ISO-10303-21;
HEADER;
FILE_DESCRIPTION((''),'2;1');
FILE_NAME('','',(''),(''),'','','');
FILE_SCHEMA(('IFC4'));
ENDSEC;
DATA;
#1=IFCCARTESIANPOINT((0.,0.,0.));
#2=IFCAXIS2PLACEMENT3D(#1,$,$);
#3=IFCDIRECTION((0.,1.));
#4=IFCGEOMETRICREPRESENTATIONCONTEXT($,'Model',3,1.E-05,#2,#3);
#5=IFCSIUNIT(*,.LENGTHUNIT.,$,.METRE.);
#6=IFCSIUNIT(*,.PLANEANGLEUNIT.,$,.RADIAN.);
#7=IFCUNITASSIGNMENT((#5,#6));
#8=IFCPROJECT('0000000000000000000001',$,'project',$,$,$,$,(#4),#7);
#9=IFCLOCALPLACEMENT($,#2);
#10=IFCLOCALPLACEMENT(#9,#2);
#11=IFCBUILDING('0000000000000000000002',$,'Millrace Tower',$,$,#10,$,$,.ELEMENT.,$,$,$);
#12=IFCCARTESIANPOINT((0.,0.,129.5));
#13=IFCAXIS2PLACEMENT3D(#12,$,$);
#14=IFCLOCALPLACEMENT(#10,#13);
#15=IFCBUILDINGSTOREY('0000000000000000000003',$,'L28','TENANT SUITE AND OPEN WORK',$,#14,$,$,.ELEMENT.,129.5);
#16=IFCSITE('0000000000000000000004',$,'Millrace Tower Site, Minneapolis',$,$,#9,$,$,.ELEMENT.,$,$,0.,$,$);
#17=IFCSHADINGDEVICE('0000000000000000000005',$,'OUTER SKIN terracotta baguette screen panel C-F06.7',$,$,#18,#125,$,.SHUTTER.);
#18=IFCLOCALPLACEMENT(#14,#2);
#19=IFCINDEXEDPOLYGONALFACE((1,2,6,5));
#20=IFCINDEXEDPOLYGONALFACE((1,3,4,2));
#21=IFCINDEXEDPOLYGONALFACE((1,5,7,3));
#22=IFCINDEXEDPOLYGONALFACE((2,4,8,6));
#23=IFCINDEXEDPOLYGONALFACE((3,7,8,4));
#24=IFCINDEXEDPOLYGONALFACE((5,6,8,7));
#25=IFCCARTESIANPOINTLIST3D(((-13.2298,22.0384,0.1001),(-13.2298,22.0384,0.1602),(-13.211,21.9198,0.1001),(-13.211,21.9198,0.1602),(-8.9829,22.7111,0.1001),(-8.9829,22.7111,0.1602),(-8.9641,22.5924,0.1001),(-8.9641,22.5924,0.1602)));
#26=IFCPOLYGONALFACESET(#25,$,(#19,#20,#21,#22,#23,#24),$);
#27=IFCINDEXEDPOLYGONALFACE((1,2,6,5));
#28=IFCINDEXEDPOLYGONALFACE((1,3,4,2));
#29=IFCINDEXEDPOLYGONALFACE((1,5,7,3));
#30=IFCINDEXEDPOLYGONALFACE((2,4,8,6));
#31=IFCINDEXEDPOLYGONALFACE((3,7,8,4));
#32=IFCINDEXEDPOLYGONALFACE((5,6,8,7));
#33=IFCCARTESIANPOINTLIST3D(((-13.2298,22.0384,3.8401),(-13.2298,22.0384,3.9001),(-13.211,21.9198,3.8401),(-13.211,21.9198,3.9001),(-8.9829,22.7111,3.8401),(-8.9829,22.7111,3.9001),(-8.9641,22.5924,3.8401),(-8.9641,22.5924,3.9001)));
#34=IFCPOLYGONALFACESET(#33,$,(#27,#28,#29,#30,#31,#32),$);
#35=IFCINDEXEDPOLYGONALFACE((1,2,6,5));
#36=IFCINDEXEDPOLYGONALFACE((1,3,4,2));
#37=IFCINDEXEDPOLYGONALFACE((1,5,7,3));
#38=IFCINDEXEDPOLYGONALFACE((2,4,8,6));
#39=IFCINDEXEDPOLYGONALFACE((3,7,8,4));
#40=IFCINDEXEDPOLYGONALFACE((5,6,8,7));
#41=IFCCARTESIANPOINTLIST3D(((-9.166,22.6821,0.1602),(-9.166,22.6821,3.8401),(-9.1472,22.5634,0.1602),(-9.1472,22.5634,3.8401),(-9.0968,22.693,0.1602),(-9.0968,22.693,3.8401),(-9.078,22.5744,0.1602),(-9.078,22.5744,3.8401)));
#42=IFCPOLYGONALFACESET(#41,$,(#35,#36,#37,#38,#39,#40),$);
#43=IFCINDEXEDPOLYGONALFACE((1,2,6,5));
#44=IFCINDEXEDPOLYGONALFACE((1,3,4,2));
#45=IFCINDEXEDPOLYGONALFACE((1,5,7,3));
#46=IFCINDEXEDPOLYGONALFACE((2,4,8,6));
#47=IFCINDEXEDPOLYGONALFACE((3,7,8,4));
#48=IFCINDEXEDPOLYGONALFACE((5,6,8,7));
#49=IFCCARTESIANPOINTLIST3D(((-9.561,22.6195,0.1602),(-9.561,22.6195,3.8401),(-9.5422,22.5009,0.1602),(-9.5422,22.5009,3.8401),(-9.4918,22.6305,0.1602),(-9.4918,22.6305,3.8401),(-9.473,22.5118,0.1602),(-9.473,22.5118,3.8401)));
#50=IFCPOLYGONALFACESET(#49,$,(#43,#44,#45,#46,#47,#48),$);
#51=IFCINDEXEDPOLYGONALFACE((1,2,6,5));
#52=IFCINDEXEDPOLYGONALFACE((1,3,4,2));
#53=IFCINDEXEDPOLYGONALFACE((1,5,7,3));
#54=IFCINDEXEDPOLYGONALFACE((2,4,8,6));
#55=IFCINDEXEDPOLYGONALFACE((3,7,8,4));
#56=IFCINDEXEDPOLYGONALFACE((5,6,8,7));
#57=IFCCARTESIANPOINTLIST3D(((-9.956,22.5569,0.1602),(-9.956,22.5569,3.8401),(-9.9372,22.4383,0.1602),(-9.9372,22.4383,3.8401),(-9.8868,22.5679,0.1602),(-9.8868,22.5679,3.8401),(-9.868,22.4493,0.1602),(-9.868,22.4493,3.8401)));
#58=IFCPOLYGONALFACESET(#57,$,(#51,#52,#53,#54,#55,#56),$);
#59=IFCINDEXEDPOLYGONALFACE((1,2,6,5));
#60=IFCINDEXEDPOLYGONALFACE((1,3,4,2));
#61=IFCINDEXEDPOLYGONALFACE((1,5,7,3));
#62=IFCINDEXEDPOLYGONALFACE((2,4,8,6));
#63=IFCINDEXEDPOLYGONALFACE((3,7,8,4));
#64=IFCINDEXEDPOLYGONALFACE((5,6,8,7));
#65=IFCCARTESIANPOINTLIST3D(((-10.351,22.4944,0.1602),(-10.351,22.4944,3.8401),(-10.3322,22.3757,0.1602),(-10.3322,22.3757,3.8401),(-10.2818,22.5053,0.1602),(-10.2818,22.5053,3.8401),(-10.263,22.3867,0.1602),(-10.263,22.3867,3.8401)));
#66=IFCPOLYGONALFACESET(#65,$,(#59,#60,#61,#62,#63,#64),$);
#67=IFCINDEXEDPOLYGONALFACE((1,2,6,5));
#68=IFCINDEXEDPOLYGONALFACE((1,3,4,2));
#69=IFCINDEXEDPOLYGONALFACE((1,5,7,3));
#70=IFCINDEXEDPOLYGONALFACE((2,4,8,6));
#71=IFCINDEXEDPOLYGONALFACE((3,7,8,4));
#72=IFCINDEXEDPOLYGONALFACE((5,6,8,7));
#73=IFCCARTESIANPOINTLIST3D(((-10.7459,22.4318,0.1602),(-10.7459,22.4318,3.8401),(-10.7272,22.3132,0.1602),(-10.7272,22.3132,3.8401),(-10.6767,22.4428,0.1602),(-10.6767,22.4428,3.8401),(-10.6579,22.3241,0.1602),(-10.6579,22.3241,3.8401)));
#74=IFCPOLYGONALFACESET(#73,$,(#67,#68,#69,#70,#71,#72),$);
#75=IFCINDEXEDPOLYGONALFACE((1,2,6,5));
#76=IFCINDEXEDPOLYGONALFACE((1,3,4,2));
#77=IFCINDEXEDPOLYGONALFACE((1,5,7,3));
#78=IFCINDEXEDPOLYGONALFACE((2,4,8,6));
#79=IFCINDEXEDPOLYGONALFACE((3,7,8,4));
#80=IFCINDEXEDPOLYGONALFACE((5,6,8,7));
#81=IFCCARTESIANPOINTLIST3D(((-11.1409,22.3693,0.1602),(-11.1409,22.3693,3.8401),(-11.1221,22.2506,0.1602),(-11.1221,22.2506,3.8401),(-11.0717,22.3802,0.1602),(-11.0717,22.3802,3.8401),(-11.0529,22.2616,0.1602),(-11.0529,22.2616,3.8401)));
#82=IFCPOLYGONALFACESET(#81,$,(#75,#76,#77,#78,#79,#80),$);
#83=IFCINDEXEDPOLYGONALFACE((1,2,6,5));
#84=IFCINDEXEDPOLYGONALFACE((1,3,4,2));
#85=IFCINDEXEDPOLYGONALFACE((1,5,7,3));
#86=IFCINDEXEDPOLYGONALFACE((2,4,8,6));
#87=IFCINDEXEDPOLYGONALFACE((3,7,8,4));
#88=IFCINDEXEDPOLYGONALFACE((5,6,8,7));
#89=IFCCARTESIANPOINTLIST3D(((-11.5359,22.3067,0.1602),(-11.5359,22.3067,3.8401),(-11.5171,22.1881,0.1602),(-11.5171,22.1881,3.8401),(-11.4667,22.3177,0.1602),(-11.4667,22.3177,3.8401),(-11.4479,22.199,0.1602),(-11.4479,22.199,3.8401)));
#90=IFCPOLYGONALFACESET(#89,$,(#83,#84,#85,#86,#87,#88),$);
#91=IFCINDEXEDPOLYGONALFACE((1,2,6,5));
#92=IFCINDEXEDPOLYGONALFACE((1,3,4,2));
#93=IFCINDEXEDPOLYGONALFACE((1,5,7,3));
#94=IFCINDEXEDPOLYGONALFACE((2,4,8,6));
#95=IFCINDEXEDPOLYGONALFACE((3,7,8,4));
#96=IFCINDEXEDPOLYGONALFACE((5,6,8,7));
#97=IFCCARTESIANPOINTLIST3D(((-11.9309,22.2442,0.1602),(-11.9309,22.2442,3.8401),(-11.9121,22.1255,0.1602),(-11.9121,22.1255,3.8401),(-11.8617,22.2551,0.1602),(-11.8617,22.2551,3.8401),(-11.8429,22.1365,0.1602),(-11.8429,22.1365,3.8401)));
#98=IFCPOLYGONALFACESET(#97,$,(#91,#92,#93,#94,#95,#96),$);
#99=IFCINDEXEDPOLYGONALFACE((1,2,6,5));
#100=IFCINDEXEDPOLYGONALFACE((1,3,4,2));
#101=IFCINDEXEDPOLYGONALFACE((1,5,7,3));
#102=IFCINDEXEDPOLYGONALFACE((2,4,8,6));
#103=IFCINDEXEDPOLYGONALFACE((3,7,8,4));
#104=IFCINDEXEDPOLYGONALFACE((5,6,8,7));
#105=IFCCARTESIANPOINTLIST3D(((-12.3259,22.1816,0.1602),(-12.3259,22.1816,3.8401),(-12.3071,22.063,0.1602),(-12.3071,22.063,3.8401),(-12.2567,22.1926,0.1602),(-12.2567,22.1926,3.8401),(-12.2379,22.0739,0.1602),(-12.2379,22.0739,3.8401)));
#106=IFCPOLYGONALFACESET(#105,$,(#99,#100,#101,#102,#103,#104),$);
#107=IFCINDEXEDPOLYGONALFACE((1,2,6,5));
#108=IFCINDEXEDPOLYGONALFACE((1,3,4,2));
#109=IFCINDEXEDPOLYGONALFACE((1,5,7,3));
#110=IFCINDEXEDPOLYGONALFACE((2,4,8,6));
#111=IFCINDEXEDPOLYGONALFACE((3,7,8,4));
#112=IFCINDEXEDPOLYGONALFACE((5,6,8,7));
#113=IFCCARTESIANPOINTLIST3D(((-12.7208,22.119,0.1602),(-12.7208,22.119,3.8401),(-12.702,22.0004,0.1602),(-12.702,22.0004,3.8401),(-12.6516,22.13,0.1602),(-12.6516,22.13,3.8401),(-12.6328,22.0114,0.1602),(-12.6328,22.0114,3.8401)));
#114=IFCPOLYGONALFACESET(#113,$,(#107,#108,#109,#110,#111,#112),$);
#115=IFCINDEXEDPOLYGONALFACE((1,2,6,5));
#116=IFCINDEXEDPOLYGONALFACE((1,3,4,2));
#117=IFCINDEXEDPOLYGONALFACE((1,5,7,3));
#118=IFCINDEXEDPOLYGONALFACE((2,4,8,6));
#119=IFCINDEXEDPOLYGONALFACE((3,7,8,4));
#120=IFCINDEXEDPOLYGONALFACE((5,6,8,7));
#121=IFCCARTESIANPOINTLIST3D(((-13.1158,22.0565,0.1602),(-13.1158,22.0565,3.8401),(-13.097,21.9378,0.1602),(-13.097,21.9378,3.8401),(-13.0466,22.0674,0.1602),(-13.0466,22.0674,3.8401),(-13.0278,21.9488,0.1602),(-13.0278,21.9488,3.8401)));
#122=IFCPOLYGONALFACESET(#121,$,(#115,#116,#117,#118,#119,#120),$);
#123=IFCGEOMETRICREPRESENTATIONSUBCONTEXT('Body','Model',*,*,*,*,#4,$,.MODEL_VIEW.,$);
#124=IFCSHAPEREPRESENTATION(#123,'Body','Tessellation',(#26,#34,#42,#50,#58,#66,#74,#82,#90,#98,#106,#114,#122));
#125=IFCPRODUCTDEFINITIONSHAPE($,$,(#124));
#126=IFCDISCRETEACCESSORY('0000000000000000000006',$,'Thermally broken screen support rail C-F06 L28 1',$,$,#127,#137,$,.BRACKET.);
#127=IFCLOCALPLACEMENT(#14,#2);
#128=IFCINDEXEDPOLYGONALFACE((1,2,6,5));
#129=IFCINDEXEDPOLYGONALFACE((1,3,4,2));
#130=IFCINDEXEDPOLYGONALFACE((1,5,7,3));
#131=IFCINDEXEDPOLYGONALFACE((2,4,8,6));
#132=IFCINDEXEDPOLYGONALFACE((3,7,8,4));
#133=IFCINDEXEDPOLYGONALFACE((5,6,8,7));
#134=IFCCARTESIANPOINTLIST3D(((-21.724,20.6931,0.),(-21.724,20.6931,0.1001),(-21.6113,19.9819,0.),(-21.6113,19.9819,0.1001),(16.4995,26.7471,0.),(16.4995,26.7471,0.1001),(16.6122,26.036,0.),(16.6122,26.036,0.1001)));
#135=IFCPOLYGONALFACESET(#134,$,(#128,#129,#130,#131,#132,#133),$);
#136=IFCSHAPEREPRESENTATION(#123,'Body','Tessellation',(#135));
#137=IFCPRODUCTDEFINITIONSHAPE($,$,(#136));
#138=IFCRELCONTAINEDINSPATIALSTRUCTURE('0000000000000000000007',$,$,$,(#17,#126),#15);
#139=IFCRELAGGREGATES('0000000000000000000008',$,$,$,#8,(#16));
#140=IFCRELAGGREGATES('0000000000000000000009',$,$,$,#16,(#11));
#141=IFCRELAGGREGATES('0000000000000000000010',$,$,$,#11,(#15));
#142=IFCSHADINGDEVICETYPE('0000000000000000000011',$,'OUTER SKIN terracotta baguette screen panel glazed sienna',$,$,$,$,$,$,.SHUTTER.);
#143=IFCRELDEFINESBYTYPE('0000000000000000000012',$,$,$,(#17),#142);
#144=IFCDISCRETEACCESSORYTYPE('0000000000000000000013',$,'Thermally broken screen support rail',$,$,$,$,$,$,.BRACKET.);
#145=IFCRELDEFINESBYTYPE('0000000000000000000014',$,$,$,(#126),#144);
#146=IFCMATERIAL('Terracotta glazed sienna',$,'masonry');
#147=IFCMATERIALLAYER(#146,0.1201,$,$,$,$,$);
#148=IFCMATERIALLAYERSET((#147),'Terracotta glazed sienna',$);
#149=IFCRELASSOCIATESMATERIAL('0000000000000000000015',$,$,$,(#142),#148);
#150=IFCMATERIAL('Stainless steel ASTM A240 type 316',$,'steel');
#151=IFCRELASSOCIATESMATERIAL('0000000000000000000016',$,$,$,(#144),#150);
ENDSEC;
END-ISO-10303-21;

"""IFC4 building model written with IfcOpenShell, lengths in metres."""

from ifc_helpers import new_model, entity, si_unit, direction, frame, frame_2d, origin, origin_2d, place, context, subcontext, project, spatial, rectangle, extrude, source, transform, mapped, material, layer, layer_set, type_object, element, save


model = new_model("IFC4")

# Units and contexts
model_context = context("Model", 3, precision=1e-05, world=origin(), true_north=direction((0.0, 1.0)))
body_context = subcontext(model_context, "Body", "Model", "MODEL_VIEW")
ifc_project = project(units=[si_unit("LENGTHUNIT", "METRE"), si_unit("PLANEANGLEUNIT", "RADIAN")], contexts=[model_context])

# Site, building, storey
site_placement = place(None, origin())
site = spatial("IfcSite", under=ifc_project, at=site_placement, Name="Millrace Tower Site, Minneapolis", CompositionType="ELEMENT", RefElevation=0.0)
building_placement = place(site_placement, origin())
building = spatial("IfcBuilding", under=site, at=building_placement, Name="Millrace Tower", CompositionType="ELEMENT")
storey_placement = place(building_placement, frame((0.0, 0.0, 129.5)))
storey = spatial("IfcBuildingStorey", under=building, at=storey_placement, Name="L28", Description="TENANT SUITE AND OPEN WORK", CompositionType="ELEMENT", Elevation=129.5)

# Shading device
ifc_material_1 = material(Name="Terracotta glazed sienna", Category="masonry")
ifc_layer_1 = layer(ifc_material_1, 0.1201)
ifc_layer_set_1 = layer_set([ifc_layer_1], Name="Terracotta glazed sienna")
shading_device_type = type_object("IfcShadingDeviceType", Name="OUTER SKIN terracotta baguette screen panel glazed sienna", PredefinedType="SHUTTER", material=ifc_layer_set_1)
cartesian_point = entity("IfcCartesianPoint", [-2.1499, 0.0601])
shared_polyline = entity("IfcPolyline", [cartesian_point, entity("IfcCartesianPoint", [2.1499, 0.0601]), entity("IfcCartesianPoint", [2.1499, -0.0601]), entity("IfcCartesianPoint", [-2.1499, -0.0601]), cartesian_point])
shared_shape = source(origin(), body_context, "Body", "SweptSolid", [
    entity("IfcExtrudedAreaSolid", entity("IfcArbitraryClosedProfileDef", "AREA", None, shared_polyline), entity("IfcAxis2Placement3D", entity("IfcCartesianPoint", [0.0, 0.0, 0.0])), entity("IfcDirection", [0.0, 0.0, 1.0]), 0.0601),
    entity("IfcExtrudedAreaSolid", entity("IfcArbitraryClosedProfileDef", "AREA", None, shared_polyline), entity("IfcAxis2Placement3D", entity("IfcCartesianPoint", [0.0, 0.0, 3.74])), entity("IfcDirection", [0.0, 0.0, 1.0]), 0.0601),
    extrude(rectangle(XDim=0.0701, YDim=0.1201, at=frame_2d((-1.9995, 0.0))), frame((0.0, 0.0, 0.0601)), (0.0, 0.0, 1.0), 3.6799),
    extrude(rectangle(XDim=0.0701, YDim=0.1201, at=frame_2d((-1.5996, 0.0))), frame((0.0, 0.0, 0.0601)), (0.0, 0.0, 1.0), 3.6799),
    extrude(rectangle(XDim=0.0701, YDim=0.1201, at=frame_2d((-1.1997, 0.0))), frame((0.0, 0.0, 0.0601)), (0.0, 0.0, 1.0), 3.6799),
    extrude(rectangle(XDim=0.0701, YDim=0.1201, at=frame_2d((-0.7998, 0.0))), frame((0.0, 0.0, 0.0601)), (0.0, 0.0, 1.0), 3.6799),
    extrude(rectangle(XDim=0.0701, YDim=0.1201, at=frame_2d((-0.3999, 0.0))), frame((0.0, 0.0, 0.0601)), (0.0, 0.0, 1.0), 3.6799),
    extrude(rectangle(XDim=0.0701, YDim=0.1201, at=origin_2d()), frame((0.0, 0.0, 0.0601)), (0.0, 0.0, 1.0), 3.6799),
    extrude(rectangle(XDim=0.0701, YDim=0.1201, at=frame_2d((0.3999, 0.0))), frame((0.0, 0.0, 0.0601)), (0.0, 0.0, 1.0), 3.6799),
    extrude(rectangle(XDim=0.0701, YDim=0.1201, at=frame_2d((0.7998, 0.0))), frame((0.0, 0.0, 0.0601)), (0.0, 0.0, 1.0), 3.6799),
    extrude(rectangle(XDim=0.0701, YDim=0.1201, at=frame_2d((1.1997, 0.0))), frame((0.0, 0.0, 0.0601)), (0.0, 0.0, 1.0), 3.6799),
    extrude(rectangle(XDim=0.0701, YDim=0.1201, at=frame_2d((1.5996, 0.0))), frame((0.0, 0.0, 0.0601)), (0.0, 0.0, 1.0), 3.6799),
    extrude(rectangle(XDim=0.0701, YDim=0.1201, at=frame_2d((1.9995, 0.0))), frame((0.0, 0.0, 0.0601)), (0.0, 0.0, 1.0), 3.6799),
])
for number, where, z_axis, x_axis, name in (
    (1, (-11.0969, 22.3154, 0.1001), (0.0, 0.0, 1.0), (-0.987688, -0.156434, 0.0), "OUTER SKIN terracotta baguette screen panel C-F06.7"),
):
    element("IfcShadingDevice", number, at=place(storey_placement, frame(where, z_axis=z_axis, x_axis=x_axis)), inside=storey, type_object=shading_device_type, Name=name, PredefinedType="SHUTTER", context=body_context, shape_type="MappedRepresentation", body=[
        mapped(shared_shape, transform((0.0, 0.0, 0.0), scale=1.0)),
    ])

# Discrete accessory
ifc_material_2 = material(Name="Stainless steel ASTM A240 type 316", Category="steel")
discrete_accessory_type = type_object("IfcDiscreteAccessoryType", Name="Thermally broken screen support rail", PredefinedType="BRACKET", material=ifc_material_2)
discrete_accessory_placement = place(storey_placement, frame((-2.5559, 23.3645, 0.0), z_axis=(0.0, 0.0, 1.0), x_axis=(-0.987688, -0.156434, 0.0)))
element("IfcDiscreteAccessory", 2, at=discrete_accessory_placement, inside=storey, type_object=discrete_accessory_type, Name="Thermally broken screen support rail C-F06 L28 1", PredefinedType="BRACKET", context=body_context, shape_type="SweptSolid", body=[
    extrude(rectangle(XDim=38.7, YDim=0.72, at=origin_2d()), origin(), (0.0, 0.0, 1.0), 0.1001),
])

save(model, "model.ifc")
